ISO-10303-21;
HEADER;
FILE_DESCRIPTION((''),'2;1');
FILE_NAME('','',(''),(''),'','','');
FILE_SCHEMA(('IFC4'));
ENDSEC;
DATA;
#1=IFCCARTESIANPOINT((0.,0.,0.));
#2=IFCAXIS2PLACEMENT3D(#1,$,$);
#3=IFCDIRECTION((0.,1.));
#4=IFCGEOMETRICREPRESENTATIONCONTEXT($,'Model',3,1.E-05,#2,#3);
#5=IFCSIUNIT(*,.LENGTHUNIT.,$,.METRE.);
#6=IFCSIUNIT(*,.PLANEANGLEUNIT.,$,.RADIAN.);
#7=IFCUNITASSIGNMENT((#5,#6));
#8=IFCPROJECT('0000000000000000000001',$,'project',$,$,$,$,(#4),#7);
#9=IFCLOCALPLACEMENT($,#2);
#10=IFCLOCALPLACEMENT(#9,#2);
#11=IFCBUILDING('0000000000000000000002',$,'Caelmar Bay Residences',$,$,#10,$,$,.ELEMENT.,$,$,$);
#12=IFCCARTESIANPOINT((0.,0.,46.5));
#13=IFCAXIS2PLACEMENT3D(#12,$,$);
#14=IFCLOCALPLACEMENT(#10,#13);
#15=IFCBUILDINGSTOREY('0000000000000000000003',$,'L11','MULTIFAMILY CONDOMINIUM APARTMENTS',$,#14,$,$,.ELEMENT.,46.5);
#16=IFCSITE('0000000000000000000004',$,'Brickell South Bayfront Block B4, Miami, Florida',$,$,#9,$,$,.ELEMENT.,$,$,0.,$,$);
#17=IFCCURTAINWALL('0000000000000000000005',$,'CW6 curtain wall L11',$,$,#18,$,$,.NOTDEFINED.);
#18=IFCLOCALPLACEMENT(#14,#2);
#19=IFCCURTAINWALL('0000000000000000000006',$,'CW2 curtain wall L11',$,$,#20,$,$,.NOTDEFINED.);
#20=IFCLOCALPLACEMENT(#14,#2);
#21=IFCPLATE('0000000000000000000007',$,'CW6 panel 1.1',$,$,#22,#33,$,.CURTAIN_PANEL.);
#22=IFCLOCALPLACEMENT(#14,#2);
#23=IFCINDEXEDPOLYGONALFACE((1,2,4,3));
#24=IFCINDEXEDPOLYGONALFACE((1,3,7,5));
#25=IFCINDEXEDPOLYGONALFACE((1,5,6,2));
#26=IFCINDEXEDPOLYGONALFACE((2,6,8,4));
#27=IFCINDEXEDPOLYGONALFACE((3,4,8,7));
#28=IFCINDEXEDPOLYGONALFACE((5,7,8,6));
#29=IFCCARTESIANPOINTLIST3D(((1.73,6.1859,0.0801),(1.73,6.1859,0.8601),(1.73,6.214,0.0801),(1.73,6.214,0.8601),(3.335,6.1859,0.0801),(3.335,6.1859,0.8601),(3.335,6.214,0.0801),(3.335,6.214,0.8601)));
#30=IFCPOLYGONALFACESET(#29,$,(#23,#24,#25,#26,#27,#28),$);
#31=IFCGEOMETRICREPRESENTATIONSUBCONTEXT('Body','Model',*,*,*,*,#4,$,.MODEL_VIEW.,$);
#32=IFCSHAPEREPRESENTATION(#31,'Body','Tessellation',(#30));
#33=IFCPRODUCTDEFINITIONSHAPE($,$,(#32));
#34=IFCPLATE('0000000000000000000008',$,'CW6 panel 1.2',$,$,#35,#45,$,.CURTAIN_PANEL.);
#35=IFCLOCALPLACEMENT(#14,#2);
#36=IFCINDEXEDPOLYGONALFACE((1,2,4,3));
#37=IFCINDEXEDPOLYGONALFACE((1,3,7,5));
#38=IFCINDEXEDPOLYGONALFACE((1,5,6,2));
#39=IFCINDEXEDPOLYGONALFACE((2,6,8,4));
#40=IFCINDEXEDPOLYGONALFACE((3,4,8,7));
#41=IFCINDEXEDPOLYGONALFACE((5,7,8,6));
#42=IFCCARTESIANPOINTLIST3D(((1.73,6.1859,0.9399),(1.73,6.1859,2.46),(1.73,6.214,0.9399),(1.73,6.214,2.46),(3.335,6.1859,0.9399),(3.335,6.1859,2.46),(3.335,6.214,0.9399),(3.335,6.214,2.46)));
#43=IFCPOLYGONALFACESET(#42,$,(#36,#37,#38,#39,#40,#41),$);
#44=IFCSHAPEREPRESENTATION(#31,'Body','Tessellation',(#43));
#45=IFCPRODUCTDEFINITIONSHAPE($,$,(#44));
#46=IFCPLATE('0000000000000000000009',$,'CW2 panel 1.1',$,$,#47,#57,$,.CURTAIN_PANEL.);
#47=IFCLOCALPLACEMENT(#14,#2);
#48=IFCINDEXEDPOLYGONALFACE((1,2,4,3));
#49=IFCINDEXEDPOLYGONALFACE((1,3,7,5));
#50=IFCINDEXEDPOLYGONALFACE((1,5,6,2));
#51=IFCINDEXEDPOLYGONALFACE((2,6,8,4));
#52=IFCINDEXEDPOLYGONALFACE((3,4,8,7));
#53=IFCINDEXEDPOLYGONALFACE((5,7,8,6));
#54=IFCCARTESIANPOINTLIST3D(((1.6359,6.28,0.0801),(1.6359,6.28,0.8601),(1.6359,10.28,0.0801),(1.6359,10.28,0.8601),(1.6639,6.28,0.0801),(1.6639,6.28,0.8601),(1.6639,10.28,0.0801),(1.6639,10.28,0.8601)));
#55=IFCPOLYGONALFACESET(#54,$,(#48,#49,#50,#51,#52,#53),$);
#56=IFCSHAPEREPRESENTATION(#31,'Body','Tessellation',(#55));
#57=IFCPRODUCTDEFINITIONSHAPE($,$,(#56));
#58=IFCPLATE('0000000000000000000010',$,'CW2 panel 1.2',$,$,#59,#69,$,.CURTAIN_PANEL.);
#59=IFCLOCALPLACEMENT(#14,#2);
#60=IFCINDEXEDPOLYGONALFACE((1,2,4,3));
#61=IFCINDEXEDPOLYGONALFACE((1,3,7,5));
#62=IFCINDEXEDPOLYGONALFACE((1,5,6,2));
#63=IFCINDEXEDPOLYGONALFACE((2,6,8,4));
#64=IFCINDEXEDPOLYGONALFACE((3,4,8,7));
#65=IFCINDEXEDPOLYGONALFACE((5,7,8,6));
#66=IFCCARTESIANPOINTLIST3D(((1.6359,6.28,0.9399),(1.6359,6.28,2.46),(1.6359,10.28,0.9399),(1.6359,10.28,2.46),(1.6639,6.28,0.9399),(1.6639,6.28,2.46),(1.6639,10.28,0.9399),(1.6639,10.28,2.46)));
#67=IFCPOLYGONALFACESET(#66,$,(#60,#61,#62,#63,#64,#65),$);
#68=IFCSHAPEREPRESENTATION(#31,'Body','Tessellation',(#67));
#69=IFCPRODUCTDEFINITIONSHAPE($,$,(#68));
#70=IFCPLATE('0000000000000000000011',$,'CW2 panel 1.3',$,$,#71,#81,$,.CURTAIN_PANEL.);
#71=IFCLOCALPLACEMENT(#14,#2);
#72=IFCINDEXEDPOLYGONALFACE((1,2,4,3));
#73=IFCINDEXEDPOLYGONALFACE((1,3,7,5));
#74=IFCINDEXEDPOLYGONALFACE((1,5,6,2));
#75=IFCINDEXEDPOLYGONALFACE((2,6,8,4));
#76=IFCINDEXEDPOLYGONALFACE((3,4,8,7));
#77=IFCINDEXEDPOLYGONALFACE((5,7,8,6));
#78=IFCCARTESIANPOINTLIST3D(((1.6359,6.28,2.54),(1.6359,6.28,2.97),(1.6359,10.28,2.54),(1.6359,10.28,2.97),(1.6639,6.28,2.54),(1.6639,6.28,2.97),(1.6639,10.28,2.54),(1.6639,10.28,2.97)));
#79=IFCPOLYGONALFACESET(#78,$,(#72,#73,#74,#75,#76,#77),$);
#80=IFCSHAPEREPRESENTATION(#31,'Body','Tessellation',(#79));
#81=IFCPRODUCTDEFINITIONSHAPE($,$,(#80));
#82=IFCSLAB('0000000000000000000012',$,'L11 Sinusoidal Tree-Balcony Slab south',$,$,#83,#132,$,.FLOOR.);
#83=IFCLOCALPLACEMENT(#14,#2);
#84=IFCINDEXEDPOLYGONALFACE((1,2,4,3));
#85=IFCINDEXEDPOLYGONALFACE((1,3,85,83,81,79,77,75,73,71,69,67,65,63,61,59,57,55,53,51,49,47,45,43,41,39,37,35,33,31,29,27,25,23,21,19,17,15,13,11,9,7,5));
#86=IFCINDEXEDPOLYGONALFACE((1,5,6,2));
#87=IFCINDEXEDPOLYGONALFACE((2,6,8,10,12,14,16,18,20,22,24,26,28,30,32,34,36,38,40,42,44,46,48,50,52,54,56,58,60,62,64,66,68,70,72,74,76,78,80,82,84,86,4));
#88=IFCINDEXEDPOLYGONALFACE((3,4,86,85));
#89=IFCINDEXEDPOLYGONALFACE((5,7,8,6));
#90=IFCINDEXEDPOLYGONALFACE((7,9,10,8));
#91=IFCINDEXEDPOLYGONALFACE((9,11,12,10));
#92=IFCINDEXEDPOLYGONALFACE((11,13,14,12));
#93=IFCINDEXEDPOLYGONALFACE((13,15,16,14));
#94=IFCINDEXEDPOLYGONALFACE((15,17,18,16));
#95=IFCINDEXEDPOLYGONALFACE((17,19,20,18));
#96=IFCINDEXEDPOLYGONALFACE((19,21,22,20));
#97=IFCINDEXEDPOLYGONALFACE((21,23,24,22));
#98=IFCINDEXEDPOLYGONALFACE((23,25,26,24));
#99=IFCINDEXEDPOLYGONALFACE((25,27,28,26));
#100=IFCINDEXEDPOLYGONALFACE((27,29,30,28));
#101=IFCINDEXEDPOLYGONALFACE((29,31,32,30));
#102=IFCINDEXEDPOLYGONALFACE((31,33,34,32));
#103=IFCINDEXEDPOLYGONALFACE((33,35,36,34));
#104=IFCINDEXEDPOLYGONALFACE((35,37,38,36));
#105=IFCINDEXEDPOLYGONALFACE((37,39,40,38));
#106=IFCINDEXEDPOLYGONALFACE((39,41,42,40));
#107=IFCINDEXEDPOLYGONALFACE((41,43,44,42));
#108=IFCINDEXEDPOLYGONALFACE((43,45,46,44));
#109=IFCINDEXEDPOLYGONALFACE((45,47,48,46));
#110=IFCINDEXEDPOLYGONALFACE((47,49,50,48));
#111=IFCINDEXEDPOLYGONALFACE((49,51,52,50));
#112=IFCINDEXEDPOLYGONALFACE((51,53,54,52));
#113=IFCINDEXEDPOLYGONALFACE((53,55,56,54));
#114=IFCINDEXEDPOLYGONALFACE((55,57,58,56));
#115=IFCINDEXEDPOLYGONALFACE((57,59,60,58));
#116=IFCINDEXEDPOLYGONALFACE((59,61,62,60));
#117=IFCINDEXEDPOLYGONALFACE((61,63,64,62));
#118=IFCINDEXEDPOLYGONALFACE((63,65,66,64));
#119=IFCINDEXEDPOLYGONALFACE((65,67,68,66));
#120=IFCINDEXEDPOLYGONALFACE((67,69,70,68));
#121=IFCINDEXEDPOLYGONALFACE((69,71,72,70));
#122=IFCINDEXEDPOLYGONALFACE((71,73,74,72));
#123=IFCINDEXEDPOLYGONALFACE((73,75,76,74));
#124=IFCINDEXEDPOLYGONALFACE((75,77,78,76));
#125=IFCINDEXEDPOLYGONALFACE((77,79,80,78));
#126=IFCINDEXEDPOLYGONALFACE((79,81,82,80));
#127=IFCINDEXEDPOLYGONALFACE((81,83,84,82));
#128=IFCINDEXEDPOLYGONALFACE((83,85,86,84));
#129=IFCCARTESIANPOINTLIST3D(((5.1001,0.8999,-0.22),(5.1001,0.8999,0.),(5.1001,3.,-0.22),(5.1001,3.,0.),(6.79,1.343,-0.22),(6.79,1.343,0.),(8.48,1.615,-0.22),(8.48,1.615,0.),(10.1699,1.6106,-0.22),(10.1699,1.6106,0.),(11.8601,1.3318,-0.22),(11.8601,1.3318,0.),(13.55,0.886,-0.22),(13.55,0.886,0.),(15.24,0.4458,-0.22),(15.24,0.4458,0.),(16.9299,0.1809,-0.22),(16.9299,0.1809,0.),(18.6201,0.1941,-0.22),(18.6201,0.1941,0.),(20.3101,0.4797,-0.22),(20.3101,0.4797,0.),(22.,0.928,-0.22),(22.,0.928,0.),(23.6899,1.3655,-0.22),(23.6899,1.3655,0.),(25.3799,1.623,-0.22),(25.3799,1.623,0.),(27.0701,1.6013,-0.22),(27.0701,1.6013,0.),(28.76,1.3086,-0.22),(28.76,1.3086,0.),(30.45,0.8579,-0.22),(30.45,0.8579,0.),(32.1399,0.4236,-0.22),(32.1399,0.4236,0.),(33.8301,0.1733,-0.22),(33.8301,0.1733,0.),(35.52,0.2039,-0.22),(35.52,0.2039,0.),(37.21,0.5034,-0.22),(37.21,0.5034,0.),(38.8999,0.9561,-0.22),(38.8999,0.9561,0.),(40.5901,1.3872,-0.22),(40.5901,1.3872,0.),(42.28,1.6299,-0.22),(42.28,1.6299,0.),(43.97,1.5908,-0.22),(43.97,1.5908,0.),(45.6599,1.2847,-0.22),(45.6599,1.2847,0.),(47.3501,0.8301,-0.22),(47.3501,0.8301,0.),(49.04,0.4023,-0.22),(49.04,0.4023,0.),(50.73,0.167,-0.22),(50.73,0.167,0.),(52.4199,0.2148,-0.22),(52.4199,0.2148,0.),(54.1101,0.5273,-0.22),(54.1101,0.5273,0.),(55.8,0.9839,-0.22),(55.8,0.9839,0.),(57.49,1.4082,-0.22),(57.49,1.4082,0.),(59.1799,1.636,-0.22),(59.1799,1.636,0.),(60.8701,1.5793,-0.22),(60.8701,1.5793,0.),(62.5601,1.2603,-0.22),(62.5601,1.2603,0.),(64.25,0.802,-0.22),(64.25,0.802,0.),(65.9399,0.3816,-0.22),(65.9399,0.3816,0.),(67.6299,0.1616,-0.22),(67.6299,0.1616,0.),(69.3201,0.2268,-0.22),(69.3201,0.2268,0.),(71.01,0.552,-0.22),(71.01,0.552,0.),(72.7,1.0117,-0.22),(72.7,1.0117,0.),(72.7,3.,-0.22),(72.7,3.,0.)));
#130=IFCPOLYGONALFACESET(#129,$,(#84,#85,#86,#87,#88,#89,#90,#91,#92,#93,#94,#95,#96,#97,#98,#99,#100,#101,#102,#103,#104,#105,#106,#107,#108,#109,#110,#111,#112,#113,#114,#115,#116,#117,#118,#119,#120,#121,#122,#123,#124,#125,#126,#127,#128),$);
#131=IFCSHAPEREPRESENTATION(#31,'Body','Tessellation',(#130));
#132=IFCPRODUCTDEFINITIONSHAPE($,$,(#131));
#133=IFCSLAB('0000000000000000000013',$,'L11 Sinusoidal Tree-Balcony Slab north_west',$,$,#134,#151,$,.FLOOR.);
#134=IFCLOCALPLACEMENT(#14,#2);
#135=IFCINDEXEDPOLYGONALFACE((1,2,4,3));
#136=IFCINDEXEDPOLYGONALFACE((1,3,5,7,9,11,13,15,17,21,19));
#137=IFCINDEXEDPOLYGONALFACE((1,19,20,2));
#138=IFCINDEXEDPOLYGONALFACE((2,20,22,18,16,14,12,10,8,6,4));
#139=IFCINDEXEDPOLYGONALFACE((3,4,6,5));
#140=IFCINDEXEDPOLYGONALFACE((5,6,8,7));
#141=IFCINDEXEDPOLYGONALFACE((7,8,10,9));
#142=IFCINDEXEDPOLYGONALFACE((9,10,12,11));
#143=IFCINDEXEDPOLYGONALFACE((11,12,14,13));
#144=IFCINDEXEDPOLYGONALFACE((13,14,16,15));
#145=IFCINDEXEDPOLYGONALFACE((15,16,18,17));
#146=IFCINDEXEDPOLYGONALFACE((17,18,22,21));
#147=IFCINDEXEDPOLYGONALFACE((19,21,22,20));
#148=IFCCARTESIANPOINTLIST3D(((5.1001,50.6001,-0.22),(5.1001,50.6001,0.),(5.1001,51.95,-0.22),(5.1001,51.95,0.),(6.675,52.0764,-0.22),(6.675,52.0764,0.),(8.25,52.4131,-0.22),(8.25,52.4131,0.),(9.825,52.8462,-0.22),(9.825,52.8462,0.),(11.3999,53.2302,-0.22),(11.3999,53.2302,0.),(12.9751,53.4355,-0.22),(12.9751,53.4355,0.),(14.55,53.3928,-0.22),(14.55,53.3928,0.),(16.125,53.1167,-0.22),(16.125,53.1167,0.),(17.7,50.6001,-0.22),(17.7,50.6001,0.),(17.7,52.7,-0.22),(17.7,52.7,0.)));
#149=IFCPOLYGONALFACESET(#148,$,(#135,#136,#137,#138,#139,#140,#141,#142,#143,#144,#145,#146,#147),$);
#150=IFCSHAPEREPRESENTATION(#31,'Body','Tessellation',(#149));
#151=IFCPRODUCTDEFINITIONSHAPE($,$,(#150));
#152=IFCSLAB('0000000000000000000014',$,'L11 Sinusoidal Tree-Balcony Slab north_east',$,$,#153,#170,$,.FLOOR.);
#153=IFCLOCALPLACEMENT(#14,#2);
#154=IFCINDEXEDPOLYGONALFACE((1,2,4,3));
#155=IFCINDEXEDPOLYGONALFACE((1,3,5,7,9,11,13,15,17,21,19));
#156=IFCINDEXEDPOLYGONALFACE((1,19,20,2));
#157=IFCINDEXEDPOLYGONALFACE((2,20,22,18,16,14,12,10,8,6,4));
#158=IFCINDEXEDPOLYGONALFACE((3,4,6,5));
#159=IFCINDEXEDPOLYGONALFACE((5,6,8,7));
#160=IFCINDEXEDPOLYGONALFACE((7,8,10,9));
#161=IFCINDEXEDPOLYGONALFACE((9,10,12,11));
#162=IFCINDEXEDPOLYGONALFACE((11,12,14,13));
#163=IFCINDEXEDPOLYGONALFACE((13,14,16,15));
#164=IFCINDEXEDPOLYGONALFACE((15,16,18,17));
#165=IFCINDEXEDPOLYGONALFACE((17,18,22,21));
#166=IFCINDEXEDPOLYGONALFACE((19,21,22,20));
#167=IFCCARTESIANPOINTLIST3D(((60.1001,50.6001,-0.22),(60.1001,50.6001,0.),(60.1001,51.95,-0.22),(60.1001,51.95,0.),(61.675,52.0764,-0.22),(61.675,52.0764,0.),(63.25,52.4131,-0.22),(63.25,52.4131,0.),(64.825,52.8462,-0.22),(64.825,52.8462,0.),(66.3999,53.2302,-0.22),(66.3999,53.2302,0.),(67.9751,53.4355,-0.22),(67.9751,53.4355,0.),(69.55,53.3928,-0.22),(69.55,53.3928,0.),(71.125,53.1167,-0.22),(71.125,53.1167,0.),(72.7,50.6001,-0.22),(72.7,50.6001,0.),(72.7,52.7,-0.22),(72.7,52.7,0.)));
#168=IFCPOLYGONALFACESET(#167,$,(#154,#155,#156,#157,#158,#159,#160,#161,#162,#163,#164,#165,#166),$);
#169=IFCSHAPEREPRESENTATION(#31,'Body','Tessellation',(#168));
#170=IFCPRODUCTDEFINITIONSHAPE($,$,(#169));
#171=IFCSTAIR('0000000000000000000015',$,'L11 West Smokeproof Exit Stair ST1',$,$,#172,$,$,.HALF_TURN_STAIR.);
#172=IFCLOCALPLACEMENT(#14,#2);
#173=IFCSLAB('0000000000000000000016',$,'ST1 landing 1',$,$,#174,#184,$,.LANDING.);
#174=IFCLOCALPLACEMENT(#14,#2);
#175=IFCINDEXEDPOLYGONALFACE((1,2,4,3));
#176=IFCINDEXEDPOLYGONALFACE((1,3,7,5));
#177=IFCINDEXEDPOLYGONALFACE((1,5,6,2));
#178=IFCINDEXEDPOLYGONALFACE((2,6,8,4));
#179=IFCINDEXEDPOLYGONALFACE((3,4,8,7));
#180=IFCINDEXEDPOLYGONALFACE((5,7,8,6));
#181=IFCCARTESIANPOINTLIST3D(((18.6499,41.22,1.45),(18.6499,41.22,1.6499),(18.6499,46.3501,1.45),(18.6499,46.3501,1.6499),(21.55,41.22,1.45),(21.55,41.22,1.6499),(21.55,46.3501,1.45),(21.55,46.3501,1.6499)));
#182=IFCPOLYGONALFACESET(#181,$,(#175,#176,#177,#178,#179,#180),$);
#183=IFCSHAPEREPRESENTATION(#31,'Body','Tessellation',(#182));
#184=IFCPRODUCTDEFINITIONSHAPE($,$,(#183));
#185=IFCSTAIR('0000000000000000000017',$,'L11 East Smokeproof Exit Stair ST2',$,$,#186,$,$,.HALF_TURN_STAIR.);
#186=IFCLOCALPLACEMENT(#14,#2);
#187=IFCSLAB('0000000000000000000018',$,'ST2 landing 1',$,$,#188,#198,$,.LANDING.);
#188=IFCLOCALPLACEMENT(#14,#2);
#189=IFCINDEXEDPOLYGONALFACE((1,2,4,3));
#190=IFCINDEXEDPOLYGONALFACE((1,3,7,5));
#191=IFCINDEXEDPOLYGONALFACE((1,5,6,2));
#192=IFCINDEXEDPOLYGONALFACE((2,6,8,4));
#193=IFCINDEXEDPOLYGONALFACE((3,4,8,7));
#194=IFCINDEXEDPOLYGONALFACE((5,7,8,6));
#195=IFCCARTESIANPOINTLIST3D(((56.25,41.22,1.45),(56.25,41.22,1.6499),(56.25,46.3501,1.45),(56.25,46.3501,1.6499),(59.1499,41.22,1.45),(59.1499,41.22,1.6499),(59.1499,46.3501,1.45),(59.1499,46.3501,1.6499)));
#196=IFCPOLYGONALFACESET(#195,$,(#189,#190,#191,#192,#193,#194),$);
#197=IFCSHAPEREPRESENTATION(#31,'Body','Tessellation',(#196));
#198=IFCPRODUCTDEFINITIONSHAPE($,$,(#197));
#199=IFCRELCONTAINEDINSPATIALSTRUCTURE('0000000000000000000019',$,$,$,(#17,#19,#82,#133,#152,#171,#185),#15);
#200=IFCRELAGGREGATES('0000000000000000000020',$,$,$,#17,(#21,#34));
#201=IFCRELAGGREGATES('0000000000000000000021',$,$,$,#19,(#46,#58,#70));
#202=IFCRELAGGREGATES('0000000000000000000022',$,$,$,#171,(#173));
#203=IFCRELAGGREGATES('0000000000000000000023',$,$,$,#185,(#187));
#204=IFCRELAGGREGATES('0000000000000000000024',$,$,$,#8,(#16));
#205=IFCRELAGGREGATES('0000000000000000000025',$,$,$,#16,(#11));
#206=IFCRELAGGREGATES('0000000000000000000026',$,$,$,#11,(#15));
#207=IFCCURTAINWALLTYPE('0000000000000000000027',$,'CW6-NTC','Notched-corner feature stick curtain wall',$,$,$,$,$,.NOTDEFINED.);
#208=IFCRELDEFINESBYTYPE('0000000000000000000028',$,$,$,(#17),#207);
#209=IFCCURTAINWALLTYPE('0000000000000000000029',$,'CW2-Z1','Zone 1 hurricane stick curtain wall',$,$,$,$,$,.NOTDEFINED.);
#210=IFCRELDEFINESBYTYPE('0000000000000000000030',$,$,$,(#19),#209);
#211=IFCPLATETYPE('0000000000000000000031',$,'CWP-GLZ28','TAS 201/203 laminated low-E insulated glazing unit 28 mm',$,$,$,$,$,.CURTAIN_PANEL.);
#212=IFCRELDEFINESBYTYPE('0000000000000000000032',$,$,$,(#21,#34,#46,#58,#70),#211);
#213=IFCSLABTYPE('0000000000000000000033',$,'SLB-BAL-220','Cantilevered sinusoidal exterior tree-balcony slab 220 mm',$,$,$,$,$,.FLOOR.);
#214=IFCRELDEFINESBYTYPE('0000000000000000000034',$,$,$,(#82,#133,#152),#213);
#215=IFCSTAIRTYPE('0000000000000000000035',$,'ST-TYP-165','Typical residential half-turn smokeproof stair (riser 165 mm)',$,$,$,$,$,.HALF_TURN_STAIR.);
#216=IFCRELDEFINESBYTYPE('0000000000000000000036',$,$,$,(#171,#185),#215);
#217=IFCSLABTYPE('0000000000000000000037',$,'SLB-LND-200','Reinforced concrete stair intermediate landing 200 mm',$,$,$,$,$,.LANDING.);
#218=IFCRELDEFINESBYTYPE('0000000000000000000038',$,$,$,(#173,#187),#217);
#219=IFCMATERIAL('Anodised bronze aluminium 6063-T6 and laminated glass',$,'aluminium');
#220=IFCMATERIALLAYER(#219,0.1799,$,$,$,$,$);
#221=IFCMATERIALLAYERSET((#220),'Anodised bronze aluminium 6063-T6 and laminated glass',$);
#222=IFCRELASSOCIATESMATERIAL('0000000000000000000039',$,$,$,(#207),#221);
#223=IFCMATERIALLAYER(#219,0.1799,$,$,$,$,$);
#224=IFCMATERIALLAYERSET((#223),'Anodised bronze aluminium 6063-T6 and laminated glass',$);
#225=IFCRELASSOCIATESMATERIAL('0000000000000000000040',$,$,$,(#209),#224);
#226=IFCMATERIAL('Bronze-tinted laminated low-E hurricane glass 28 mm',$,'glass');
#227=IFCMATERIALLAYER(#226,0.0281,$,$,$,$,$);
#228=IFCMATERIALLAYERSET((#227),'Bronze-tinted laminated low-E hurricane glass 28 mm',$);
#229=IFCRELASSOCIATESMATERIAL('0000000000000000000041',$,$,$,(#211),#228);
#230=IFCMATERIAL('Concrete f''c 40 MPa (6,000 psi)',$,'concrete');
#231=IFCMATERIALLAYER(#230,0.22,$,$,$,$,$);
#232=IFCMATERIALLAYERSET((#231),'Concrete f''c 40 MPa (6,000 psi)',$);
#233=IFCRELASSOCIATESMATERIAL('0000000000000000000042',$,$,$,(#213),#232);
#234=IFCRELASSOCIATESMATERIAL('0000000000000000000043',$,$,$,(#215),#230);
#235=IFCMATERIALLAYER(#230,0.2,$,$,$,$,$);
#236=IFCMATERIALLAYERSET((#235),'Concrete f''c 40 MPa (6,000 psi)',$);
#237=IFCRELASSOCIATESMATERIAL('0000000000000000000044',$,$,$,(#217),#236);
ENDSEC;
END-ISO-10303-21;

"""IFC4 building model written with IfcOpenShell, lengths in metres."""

from ifc_helpers import new_model, si_unit, direction, frame, origin, origin_2d, place, context, subcontext, project, spatial, polyline, rectangle, outline, extrude, material, layer, layer_set, type_object, element, aggregate, save


model = new_model("IFC4")

# Units and contexts
model_context = context("Model", 3, precision=1e-05, world=origin(), true_north=direction((0.0, 1.0)))
body_context = subcontext(model_context, "Body", "Model", "MODEL_VIEW")
ifc_project = project(units=[si_unit("LENGTHUNIT", "METRE"), si_unit("PLANEANGLEUNIT", "RADIAN")], contexts=[model_context])

# Site, building, storey
site_placement = place(None, origin())
site = spatial("IfcSite", under=ifc_project, at=site_placement, Name="Brickell South Bayfront Block B4, Miami, Florida", CompositionType="ELEMENT", RefElevation=0.0)
building_placement = place(site_placement, origin())
building = spatial("IfcBuilding", under=site, at=building_placement, Name="Caelmar Bay Residences", CompositionType="ELEMENT")
storey_placement = place(building_placement, frame((0.0, 0.0, 46.5)))
storey = spatial("IfcBuildingStorey", under=building, at=storey_placement, Name="L11", Description="MULTIFAMILY CONDOMINIUM APARTMENTS", CompositionType="ELEMENT", Elevation=46.5)

# Curtain wall
ifc_material_1 = material(Name="Anodised bronze aluminium 6063-T6 and laminated glass", Category="aluminium")
ifc_layer_1 = layer(ifc_material_1, 0.1799)
ifc_layer_set_1 = layer_set([ifc_layer_1], Name="Anodised bronze aluminium 6063-T6 and laminated glass")
curtain_wall_type_1 = type_object("IfcCurtainWallType", Name="CW6-NTC", Description="Notched-corner feature stick curtain wall", PredefinedType="NOTDEFINED", material=ifc_layer_set_1)
curtain_wall_1_placement = place(storey_placement, origin())
curtain_wall_1 = element("IfcCurtainWall", 1, at=curtain_wall_1_placement, inside=storey, type_object=curtain_wall_type_1, Name="CW6 curtain wall L11", PredefinedType="NOTDEFINED")

# Curtain wall
ifc_layer_2 = layer(ifc_material_1, 0.1799)
ifc_layer_set_2 = layer_set([ifc_layer_2], Name="Anodised bronze aluminium 6063-T6 and laminated glass")
curtain_wall_type_2 = type_object("IfcCurtainWallType", Name="CW2-Z1", Description="Zone 1 hurricane stick curtain wall", PredefinedType="NOTDEFINED", material=ifc_layer_set_2)
curtain_wall_2_placement = place(storey_placement, origin())
curtain_wall_2 = element("IfcCurtainWall", 2, at=curtain_wall_2_placement, inside=storey, type_object=curtain_wall_type_2, Name="CW2 curtain wall L11", PredefinedType="NOTDEFINED")

# Plates
ifc_material_2 = material(Name="Bronze-tinted laminated low-E hurricane glass 28 mm", Category="glass")
ifc_layer_3 = layer(ifc_material_2, 0.0281)
ifc_layer_set_3 = layer_set([ifc_layer_3], Name="Bronze-tinted laminated low-E hurricane glass 28 mm")
plate_type = type_object("IfcPlateType", Name="CWP-GLZ28", Description="TAS 201/203 laminated low-E insulated glazing unit 28 mm", PredefinedType="CURTAIN_PANEL", material=ifc_layer_set_3)
plate_1_placement = place(storey_placement, frame((2.5325, 6.2, 0.0801), z_axis=(0.0, 0.0, 1.0), x_axis=(1.0, 0.0, 0.0)))
plate_1 = element("IfcPlate", 3, at=plate_1_placement, type_object=plate_type, Name="CW6 panel 1.1", PredefinedType="CURTAIN_PANEL", context=body_context, shape_type="SweptSolid", body=[
    extrude(rectangle(XDim=1.605, YDim=0.0281, at=origin_2d()), origin(), (0.0, 0.0, 1.0), 0.78),
])
plate_2_placement = place(storey_placement, frame((2.5325, 6.2, 0.9399), z_axis=(0.0, 0.0, 1.0), x_axis=(1.0, 0.0, 0.0)))
plate_2 = element("IfcPlate", 4, at=plate_2_placement, type_object=plate_type, Name="CW6 panel 1.2", PredefinedType="CURTAIN_PANEL", context=body_context, shape_type="SweptSolid", body=[
    extrude(rectangle(XDim=1.605, YDim=0.0281, at=origin_2d()), origin(), (0.0, 0.0, 1.0), 1.52),
])
aggregate(curtain_wall_1, [plate_1, plate_2])
plate_3_placement = place(storey_placement, frame((1.6499, 8.28, 0.0801), z_axis=(0.0, 0.0, 1.0), x_axis=(0.0, 1.0, 0.0)))
plate_3 = element("IfcPlate", 5, at=plate_3_placement, type_object=plate_type, Name="CW2 panel 1.1", PredefinedType="CURTAIN_PANEL", context=body_context, shape_type="SweptSolid", body=[
    extrude(rectangle(XDim=4.0, YDim=0.0281, at=origin_2d()), origin(), (0.0, 0.0, 1.0), 0.78),
])
plate_4_placement = place(storey_placement, frame((1.6499, 8.28, 0.9399), z_axis=(0.0, 0.0, 1.0), x_axis=(0.0, 1.0, 0.0)))
plate_4 = element("IfcPlate", 6, at=plate_4_placement, type_object=plate_type, Name="CW2 panel 1.2", PredefinedType="CURTAIN_PANEL", context=body_context, shape_type="SweptSolid", body=[
    extrude(rectangle(XDim=4.0, YDim=0.0281, at=origin_2d()), origin(), (0.0, 0.0, 1.0), 1.52),
])
plate_5_placement = place(storey_placement, frame((1.6499, 8.28, 2.54), z_axis=(0.0, 0.0, 1.0), x_axis=(0.0, 1.0, 0.0)))
plate_5 = element("IfcPlate", 7, at=plate_5_placement, type_object=plate_type, Name="CW2 panel 1.3", PredefinedType="CURTAIN_PANEL", context=body_context, shape_type="SweptSolid", body=[
    extrude(rectangle(XDim=4.0, YDim=0.0281, at=origin_2d()), origin(), (0.0, 0.0, 1.0), 0.4299),
])
aggregate(curtain_wall_2, [plate_3, plate_4, plate_5])

# Slabs
ifc_material_3 = material(Name="Concrete f'c 40 MPa (6,000 psi)", Category="concrete")
ifc_layer_4 = layer(ifc_material_3, 0.22)
ifc_layer_set_4 = layer_set([ifc_layer_4], Name="Concrete f'c 40 MPa (6,000 psi)")
slab_type_1 = type_object("IfcSlabType", Name="SLB-BAL-220", Description="Cantilevered sinusoidal exterior tree-balcony slab 220 mm", PredefinedType="FLOOR", material=ifc_layer_set_4)
slab_1_placement = place(storey_placement, frame((0.0, 0.0, -0.22)))
element("IfcSlab", 8, at=slab_1_placement, inside=storey, type_object=slab_type_1, Name="L11 Sinusoidal Tree-Balcony Slab south", PredefinedType="FLOOR", context=body_context, shape_type="SweptSolid", body=[
    extrude(outline(polyline([(5.1001, 0.8999), (6.79, 1.343), (8.48, 1.615), (10.1699, 1.6106), (11.8601, 1.3318), (13.55, 0.886), (15.24, 0.4458), (16.9299, 0.1809), (18.6201, 0.1941), (20.3101, 0.4797), (22.0, 0.928), (23.6899, 1.3655), (25.3799, 1.623), (27.0701, 1.6013), (28.76, 1.3086), (30.45, 0.8579), (32.1399, 0.4236), (33.8301, 0.1733), (35.52, 0.2039), (37.21, 0.5034), (38.8999, 0.9561), (40.5901, 1.3872), (42.28, 1.6299), (43.97, 1.5908), (45.6599, 1.2847), (47.3501, 0.8301), (49.04, 0.4023), (50.73, 0.167), (52.4199, 0.2148), (54.1101, 0.5273), (55.8, 0.9839), (57.49, 1.4082), (59.1799, 1.636), (60.8701, 1.5793), (62.5601, 1.2603), (64.25, 0.802), (65.9399, 0.3816), (67.6299, 0.1616), (69.3201, 0.2268), (71.01, 0.552), (72.7, 1.0117), (72.7, 3.0), (5.1001, 3.0), (5.1001, 0.8999)])), origin(), (0.0, 0.0, 1.0), 0.22),
])
slab_2_placement = place(storey_placement, frame((0.0, 0.0, -0.22)))
element("IfcSlab", 9, at=slab_2_placement, inside=storey, type_object=slab_type_1, Name="L11 Sinusoidal Tree-Balcony Slab north_west", PredefinedType="FLOOR", context=body_context, shape_type="SweptSolid", body=[
    extrude(outline(polyline([(5.1001, 50.6001), (17.7, 50.6001), (17.7, 52.7), (16.125, 53.1167), (14.55, 53.3928), (12.9751, 53.4355), (11.3999, 53.2302), (9.825, 52.8462), (8.25, 52.4131), (6.675, 52.0764), (5.1001, 51.95), (5.1001, 50.6001)])), origin(), (0.0, 0.0, 1.0), 0.22),
])
slab_3_placement = place(storey_placement, frame((0.0, 0.0, -0.22)))
element("IfcSlab", 10, at=slab_3_placement, inside=storey, type_object=slab_type_1, Name="L11 Sinusoidal Tree-Balcony Slab north_east", PredefinedType="FLOOR", context=body_context, shape_type="SweptSolid", body=[
    extrude(outline(polyline([(60.1001, 50.6001), (72.7, 50.6001), (72.7, 52.7), (71.125, 53.1167), (69.55, 53.3928), (67.9751, 53.4355), (66.3999, 53.2302), (64.825, 52.8462), (63.25, 52.4131), (61.675, 52.0764), (60.1001, 51.95), (60.1001, 50.6001)])), origin(), (0.0, 0.0, 1.0), 0.22),
])

# Stairs, slabs
stair_type = type_object("IfcStairType", Name="ST-TYP-165", Description="Typical residential half-turn smokeproof stair (riser 165 mm)", PredefinedType="HALF_TURN_STAIR", material=ifc_material_3)
stair_1_placement = place(storey_placement, origin())
stair_1 = element("IfcStair", 11, at=stair_1_placement, inside=storey, type_object=stair_type, Name="L11 West Smokeproof Exit Stair ST1", PredefinedType="HALF_TURN_STAIR")
ifc_layer_5 = layer(ifc_material_3, 0.2)
ifc_layer_set_5 = layer_set([ifc_layer_5], Name="Concrete f'c 40 MPa (6,000 psi)")
slab_type_2 = type_object("IfcSlabType", Name="SLB-LND-200", Description="Reinforced concrete stair intermediate landing 200 mm", PredefinedType="LANDING", material=ifc_layer_set_5)
slab_4_placement = place(storey_placement, frame((0.0, 0.0, 1.45)))
slab_4 = element("IfcSlab", 12, at=slab_4_placement, type_object=slab_type_2, Name="ST1 landing 1", PredefinedType="LANDING", context=body_context, shape_type="SweptSolid", body=[
    extrude(outline(polyline([(21.55, 41.22), (21.55, 46.3501), (18.6499, 46.3501), (18.6499, 41.22), (21.55, 41.22)])), origin(), (0.0, 0.0, 1.0), 0.2),
])
aggregate(stair_1, [slab_4])
stair_2_placement = place(storey_placement, origin())
stair_2 = element("IfcStair", 13, at=stair_2_placement, inside=storey, type_object=stair_type, Name="L11 East Smokeproof Exit Stair ST2", PredefinedType="HALF_TURN_STAIR")
slab_5_placement = place(storey_placement, frame((0.0, 0.0, 1.45)))
slab_5 = element("IfcSlab", 14, at=slab_5_placement, type_object=slab_type_2, Name="ST2 landing 1", PredefinedType="LANDING", context=body_context, shape_type="SweptSolid", body=[
    extrude(outline(polyline([(59.1499, 41.22), (59.1499, 46.3501), (56.25, 46.3501), (56.25, 41.22), (59.1499, 41.22)])), origin(), (0.0, 0.0, 1.0), 0.2),
])
aggregate(stair_2, [slab_5])

save(model, "model.ifc")
